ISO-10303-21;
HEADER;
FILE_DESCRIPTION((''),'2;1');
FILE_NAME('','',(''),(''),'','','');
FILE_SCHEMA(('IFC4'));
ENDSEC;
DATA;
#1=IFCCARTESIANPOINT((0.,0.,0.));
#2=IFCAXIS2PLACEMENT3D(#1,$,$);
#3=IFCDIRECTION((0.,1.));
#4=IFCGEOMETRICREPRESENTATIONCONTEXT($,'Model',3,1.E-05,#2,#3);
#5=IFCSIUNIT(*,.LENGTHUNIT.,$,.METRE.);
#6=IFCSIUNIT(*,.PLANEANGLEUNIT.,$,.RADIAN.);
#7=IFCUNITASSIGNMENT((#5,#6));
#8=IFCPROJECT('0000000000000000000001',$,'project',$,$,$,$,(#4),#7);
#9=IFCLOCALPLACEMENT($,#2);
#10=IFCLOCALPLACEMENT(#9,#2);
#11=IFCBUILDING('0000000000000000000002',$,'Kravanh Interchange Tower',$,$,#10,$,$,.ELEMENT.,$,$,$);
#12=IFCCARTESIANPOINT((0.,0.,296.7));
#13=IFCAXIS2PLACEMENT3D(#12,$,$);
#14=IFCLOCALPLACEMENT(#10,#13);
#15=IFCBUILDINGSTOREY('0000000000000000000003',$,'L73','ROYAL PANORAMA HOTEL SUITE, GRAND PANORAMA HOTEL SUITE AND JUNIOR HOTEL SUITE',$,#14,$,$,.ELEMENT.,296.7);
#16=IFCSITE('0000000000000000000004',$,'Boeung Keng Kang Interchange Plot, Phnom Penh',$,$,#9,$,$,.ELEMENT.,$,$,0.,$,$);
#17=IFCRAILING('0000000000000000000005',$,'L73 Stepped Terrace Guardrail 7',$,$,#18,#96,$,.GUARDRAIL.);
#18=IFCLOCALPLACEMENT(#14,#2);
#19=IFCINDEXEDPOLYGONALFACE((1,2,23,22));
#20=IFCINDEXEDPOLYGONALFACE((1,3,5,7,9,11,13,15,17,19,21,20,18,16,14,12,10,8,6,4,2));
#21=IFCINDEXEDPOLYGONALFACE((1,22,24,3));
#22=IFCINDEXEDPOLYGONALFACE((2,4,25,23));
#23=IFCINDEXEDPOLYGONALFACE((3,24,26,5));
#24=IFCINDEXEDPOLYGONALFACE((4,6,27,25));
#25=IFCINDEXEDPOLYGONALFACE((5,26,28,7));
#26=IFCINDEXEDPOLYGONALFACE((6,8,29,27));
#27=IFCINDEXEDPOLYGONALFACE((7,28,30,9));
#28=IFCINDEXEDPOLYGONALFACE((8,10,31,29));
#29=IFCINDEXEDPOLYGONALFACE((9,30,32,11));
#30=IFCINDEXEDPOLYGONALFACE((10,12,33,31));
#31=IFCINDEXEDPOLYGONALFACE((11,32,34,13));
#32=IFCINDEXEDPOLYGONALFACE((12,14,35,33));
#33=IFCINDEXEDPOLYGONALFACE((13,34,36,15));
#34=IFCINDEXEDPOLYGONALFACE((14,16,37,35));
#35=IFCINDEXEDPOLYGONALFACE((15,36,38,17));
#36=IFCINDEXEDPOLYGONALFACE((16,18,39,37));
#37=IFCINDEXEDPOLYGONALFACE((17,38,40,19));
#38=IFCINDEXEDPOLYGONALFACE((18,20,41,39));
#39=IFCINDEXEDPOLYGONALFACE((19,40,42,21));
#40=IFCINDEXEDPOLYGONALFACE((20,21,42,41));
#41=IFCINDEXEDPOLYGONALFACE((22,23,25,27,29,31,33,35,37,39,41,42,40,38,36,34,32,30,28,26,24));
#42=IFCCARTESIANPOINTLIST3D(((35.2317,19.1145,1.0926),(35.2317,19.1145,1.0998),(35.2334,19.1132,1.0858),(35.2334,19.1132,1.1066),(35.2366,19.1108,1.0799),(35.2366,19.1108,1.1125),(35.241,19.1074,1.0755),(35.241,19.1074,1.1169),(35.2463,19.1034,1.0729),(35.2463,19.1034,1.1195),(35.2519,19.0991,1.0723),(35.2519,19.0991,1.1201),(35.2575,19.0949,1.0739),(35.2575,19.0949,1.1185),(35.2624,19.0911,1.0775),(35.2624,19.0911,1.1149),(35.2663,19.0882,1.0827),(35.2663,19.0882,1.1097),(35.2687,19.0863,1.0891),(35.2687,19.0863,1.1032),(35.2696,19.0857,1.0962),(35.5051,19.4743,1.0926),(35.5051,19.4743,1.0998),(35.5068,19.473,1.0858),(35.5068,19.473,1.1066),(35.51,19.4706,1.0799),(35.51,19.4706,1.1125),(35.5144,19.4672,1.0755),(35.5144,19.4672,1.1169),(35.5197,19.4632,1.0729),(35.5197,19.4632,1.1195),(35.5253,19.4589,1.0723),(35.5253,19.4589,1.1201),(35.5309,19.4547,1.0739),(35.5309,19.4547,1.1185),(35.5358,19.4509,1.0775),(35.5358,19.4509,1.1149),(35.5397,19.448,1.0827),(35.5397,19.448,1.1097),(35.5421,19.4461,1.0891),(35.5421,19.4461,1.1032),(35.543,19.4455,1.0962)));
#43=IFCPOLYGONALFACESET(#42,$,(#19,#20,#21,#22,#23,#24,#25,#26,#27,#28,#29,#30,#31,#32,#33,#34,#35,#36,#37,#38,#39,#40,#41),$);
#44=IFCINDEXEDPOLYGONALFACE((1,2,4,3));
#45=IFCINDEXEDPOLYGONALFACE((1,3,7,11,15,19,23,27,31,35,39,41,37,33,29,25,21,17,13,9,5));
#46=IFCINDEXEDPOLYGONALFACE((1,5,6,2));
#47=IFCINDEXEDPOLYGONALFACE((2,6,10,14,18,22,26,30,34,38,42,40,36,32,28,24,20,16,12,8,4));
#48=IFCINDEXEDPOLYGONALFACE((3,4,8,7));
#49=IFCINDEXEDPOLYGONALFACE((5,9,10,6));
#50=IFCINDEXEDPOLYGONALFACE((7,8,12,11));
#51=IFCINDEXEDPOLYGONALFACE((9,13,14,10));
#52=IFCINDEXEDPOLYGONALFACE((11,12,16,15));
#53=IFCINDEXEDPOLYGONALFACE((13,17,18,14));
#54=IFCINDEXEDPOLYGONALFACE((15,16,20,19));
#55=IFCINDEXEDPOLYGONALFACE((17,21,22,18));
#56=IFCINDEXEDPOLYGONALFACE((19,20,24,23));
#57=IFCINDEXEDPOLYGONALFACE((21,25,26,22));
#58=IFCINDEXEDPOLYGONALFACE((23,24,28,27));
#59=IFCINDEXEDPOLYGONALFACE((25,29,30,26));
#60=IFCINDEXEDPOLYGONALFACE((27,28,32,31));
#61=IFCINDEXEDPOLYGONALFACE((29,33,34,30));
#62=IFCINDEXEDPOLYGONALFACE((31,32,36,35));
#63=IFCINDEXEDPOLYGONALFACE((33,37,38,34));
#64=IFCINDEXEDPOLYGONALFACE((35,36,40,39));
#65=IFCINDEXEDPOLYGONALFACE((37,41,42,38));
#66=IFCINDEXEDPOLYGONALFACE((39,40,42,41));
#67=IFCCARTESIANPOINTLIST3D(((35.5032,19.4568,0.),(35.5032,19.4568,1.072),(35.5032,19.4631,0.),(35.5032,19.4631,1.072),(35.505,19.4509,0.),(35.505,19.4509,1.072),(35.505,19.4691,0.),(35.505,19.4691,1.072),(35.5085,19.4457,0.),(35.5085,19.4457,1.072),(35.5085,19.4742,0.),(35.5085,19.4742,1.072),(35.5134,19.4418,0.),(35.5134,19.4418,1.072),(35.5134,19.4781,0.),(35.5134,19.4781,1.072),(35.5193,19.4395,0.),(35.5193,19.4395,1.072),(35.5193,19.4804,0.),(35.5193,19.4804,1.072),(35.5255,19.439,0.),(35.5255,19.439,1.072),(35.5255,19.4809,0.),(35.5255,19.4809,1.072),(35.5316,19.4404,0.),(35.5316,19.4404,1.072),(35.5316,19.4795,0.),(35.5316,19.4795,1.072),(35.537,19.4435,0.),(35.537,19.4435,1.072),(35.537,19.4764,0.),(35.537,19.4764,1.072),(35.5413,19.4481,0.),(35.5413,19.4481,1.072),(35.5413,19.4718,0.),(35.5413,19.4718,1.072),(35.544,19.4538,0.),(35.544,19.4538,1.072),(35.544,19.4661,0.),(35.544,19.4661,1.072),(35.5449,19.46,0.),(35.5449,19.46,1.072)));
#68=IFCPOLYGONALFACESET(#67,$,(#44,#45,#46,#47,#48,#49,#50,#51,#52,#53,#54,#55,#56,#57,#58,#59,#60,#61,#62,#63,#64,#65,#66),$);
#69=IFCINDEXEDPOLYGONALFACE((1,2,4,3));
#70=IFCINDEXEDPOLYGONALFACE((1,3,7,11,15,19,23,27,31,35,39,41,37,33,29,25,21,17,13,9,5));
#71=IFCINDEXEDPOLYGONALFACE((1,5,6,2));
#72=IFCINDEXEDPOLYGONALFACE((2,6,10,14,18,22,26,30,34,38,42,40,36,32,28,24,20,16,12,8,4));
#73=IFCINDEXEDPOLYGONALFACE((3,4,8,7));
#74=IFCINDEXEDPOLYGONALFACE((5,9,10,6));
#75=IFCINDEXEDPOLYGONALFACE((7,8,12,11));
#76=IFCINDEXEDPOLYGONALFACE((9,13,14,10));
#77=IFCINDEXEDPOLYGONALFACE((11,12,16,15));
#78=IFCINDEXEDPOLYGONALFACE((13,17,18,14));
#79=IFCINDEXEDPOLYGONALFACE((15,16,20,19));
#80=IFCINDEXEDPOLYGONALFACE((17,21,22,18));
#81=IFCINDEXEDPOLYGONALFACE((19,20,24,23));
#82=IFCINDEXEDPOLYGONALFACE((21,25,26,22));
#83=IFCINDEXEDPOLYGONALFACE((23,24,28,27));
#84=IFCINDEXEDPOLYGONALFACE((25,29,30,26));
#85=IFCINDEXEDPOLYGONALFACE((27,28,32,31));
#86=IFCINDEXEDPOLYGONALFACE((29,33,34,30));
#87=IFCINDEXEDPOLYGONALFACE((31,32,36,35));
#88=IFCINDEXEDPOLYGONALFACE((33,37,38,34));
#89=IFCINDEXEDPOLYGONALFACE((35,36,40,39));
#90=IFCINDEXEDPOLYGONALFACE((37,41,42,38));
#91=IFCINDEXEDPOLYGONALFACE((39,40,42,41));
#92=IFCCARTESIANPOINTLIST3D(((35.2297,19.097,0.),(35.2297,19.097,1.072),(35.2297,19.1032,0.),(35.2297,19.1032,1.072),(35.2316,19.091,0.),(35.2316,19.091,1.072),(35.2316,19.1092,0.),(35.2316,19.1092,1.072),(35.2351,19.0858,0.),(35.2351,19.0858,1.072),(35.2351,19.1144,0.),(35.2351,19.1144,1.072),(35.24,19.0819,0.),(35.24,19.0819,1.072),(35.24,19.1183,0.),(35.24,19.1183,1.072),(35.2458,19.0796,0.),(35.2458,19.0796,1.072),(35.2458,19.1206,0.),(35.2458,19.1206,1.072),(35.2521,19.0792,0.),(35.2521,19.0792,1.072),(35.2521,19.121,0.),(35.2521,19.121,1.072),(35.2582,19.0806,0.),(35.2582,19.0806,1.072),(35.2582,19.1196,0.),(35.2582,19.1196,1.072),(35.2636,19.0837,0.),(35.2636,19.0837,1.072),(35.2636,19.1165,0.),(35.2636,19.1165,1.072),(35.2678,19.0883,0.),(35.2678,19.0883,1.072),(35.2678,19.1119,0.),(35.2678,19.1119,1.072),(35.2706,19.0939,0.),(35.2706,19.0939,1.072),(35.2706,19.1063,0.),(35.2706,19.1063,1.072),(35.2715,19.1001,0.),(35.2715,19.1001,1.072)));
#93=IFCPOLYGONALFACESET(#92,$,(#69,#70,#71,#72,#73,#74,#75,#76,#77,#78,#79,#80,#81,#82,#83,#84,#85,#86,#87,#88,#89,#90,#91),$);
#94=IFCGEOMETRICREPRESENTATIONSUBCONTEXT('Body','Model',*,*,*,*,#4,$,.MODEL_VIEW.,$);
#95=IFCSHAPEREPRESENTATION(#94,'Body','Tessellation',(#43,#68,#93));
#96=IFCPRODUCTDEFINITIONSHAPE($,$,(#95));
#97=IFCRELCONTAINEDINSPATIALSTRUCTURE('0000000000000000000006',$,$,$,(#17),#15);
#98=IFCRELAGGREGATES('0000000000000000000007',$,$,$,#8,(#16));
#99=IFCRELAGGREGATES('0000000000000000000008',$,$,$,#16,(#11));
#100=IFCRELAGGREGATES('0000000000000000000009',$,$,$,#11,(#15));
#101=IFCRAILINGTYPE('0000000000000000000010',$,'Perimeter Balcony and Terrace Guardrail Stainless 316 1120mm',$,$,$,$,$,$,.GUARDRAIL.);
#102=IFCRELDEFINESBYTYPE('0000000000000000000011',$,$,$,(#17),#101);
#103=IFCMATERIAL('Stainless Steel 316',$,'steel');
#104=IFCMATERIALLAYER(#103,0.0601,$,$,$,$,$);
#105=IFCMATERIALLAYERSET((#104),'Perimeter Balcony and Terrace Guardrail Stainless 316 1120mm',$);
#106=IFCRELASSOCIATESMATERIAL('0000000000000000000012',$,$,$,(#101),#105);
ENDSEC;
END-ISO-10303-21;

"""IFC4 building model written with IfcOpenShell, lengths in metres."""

from ifc_helpers import new_model, si_unit, direction, frame, origin, origin_2d, place, context, subcontext, project, spatial, circle, extrude, material, layer, layer_set, type_object, element, save


model = new_model("IFC4")

# Units and contexts
model_context = context("Model", 3, precision=1e-05, world=origin(), true_north=direction((0.0, 1.0)))
body_context = subcontext(model_context, "Body", "Model", "MODEL_VIEW")
ifc_project = project(units=[si_unit("LENGTHUNIT", "METRE"), si_unit("PLANEANGLEUNIT", "RADIAN")], contexts=[model_context])

# Site, building, storey
site_placement = place(None, origin())
site = spatial("IfcSite", under=ifc_project, at=site_placement, Name="Boeung Keng Kang Interchange Plot, Phnom Penh", CompositionType="ELEMENT", RefElevation=0.0)
building_placement = place(site_placement, origin())
building = spatial("IfcBuilding", under=site, at=building_placement, Name="Kravanh Interchange Tower", CompositionType="ELEMENT")
storey_placement = place(building_placement, frame((0.0, 0.0, 296.7)))
storey = spatial("IfcBuildingStorey", under=building, at=storey_placement, Name="L73", Description="ROYAL PANORAMA HOTEL SUITE, GRAND PANORAMA HOTEL SUITE AND JUNIOR HOTEL SUITE", CompositionType="ELEMENT", Elevation=296.7)

# Railing
ifc_material_1 = material(Name="Stainless Steel 316", Category="steel")
ifc_layer_1 = layer(ifc_material_1, 0.0601)
ifc_layer_set_1 = layer_set([ifc_layer_1], Name="Perimeter Balcony and Terrace Guardrail Stainless 316 1120mm")
railing_type = type_object("IfcRailingType", Name="Perimeter Balcony and Terrace Guardrail Stainless 316 1120mm", PredefinedType="GUARDRAIL", material=ifc_layer_set_1)
railing_1_placement = place(storey_placement, frame((35.5239, 19.46, 0.0)))
element("IfcRailing", 1, at=railing_1_placement, inside=storey, type_object=railing_type, Name="L73 Stepped Terrace Guardrail 7", PredefinedType="GUARDRAIL", context=body_context, shape_type="SweptSolid", body=[
    extrude(circle(Radius=0.0239, at=origin_2d()), frame((0.0, 0.0, 1.0962), z_axis=(-0.605001, -0.796225, 0.0), x_axis=(0.796225, -0.605001, 0.0)), (0.0, 0.0, 1.0), 0.4519),
    extrude(circle(Radius=0.021, at=origin_2d()), origin(), (0.0, 0.0, 1.0), 1.072),
    extrude(circle(Radius=0.021, at=origin_2d()), frame((-0.2734, -0.3599, 0.0)), (0.0, 0.0, 1.0), 1.072),
])

save(model, "model.ifc")
